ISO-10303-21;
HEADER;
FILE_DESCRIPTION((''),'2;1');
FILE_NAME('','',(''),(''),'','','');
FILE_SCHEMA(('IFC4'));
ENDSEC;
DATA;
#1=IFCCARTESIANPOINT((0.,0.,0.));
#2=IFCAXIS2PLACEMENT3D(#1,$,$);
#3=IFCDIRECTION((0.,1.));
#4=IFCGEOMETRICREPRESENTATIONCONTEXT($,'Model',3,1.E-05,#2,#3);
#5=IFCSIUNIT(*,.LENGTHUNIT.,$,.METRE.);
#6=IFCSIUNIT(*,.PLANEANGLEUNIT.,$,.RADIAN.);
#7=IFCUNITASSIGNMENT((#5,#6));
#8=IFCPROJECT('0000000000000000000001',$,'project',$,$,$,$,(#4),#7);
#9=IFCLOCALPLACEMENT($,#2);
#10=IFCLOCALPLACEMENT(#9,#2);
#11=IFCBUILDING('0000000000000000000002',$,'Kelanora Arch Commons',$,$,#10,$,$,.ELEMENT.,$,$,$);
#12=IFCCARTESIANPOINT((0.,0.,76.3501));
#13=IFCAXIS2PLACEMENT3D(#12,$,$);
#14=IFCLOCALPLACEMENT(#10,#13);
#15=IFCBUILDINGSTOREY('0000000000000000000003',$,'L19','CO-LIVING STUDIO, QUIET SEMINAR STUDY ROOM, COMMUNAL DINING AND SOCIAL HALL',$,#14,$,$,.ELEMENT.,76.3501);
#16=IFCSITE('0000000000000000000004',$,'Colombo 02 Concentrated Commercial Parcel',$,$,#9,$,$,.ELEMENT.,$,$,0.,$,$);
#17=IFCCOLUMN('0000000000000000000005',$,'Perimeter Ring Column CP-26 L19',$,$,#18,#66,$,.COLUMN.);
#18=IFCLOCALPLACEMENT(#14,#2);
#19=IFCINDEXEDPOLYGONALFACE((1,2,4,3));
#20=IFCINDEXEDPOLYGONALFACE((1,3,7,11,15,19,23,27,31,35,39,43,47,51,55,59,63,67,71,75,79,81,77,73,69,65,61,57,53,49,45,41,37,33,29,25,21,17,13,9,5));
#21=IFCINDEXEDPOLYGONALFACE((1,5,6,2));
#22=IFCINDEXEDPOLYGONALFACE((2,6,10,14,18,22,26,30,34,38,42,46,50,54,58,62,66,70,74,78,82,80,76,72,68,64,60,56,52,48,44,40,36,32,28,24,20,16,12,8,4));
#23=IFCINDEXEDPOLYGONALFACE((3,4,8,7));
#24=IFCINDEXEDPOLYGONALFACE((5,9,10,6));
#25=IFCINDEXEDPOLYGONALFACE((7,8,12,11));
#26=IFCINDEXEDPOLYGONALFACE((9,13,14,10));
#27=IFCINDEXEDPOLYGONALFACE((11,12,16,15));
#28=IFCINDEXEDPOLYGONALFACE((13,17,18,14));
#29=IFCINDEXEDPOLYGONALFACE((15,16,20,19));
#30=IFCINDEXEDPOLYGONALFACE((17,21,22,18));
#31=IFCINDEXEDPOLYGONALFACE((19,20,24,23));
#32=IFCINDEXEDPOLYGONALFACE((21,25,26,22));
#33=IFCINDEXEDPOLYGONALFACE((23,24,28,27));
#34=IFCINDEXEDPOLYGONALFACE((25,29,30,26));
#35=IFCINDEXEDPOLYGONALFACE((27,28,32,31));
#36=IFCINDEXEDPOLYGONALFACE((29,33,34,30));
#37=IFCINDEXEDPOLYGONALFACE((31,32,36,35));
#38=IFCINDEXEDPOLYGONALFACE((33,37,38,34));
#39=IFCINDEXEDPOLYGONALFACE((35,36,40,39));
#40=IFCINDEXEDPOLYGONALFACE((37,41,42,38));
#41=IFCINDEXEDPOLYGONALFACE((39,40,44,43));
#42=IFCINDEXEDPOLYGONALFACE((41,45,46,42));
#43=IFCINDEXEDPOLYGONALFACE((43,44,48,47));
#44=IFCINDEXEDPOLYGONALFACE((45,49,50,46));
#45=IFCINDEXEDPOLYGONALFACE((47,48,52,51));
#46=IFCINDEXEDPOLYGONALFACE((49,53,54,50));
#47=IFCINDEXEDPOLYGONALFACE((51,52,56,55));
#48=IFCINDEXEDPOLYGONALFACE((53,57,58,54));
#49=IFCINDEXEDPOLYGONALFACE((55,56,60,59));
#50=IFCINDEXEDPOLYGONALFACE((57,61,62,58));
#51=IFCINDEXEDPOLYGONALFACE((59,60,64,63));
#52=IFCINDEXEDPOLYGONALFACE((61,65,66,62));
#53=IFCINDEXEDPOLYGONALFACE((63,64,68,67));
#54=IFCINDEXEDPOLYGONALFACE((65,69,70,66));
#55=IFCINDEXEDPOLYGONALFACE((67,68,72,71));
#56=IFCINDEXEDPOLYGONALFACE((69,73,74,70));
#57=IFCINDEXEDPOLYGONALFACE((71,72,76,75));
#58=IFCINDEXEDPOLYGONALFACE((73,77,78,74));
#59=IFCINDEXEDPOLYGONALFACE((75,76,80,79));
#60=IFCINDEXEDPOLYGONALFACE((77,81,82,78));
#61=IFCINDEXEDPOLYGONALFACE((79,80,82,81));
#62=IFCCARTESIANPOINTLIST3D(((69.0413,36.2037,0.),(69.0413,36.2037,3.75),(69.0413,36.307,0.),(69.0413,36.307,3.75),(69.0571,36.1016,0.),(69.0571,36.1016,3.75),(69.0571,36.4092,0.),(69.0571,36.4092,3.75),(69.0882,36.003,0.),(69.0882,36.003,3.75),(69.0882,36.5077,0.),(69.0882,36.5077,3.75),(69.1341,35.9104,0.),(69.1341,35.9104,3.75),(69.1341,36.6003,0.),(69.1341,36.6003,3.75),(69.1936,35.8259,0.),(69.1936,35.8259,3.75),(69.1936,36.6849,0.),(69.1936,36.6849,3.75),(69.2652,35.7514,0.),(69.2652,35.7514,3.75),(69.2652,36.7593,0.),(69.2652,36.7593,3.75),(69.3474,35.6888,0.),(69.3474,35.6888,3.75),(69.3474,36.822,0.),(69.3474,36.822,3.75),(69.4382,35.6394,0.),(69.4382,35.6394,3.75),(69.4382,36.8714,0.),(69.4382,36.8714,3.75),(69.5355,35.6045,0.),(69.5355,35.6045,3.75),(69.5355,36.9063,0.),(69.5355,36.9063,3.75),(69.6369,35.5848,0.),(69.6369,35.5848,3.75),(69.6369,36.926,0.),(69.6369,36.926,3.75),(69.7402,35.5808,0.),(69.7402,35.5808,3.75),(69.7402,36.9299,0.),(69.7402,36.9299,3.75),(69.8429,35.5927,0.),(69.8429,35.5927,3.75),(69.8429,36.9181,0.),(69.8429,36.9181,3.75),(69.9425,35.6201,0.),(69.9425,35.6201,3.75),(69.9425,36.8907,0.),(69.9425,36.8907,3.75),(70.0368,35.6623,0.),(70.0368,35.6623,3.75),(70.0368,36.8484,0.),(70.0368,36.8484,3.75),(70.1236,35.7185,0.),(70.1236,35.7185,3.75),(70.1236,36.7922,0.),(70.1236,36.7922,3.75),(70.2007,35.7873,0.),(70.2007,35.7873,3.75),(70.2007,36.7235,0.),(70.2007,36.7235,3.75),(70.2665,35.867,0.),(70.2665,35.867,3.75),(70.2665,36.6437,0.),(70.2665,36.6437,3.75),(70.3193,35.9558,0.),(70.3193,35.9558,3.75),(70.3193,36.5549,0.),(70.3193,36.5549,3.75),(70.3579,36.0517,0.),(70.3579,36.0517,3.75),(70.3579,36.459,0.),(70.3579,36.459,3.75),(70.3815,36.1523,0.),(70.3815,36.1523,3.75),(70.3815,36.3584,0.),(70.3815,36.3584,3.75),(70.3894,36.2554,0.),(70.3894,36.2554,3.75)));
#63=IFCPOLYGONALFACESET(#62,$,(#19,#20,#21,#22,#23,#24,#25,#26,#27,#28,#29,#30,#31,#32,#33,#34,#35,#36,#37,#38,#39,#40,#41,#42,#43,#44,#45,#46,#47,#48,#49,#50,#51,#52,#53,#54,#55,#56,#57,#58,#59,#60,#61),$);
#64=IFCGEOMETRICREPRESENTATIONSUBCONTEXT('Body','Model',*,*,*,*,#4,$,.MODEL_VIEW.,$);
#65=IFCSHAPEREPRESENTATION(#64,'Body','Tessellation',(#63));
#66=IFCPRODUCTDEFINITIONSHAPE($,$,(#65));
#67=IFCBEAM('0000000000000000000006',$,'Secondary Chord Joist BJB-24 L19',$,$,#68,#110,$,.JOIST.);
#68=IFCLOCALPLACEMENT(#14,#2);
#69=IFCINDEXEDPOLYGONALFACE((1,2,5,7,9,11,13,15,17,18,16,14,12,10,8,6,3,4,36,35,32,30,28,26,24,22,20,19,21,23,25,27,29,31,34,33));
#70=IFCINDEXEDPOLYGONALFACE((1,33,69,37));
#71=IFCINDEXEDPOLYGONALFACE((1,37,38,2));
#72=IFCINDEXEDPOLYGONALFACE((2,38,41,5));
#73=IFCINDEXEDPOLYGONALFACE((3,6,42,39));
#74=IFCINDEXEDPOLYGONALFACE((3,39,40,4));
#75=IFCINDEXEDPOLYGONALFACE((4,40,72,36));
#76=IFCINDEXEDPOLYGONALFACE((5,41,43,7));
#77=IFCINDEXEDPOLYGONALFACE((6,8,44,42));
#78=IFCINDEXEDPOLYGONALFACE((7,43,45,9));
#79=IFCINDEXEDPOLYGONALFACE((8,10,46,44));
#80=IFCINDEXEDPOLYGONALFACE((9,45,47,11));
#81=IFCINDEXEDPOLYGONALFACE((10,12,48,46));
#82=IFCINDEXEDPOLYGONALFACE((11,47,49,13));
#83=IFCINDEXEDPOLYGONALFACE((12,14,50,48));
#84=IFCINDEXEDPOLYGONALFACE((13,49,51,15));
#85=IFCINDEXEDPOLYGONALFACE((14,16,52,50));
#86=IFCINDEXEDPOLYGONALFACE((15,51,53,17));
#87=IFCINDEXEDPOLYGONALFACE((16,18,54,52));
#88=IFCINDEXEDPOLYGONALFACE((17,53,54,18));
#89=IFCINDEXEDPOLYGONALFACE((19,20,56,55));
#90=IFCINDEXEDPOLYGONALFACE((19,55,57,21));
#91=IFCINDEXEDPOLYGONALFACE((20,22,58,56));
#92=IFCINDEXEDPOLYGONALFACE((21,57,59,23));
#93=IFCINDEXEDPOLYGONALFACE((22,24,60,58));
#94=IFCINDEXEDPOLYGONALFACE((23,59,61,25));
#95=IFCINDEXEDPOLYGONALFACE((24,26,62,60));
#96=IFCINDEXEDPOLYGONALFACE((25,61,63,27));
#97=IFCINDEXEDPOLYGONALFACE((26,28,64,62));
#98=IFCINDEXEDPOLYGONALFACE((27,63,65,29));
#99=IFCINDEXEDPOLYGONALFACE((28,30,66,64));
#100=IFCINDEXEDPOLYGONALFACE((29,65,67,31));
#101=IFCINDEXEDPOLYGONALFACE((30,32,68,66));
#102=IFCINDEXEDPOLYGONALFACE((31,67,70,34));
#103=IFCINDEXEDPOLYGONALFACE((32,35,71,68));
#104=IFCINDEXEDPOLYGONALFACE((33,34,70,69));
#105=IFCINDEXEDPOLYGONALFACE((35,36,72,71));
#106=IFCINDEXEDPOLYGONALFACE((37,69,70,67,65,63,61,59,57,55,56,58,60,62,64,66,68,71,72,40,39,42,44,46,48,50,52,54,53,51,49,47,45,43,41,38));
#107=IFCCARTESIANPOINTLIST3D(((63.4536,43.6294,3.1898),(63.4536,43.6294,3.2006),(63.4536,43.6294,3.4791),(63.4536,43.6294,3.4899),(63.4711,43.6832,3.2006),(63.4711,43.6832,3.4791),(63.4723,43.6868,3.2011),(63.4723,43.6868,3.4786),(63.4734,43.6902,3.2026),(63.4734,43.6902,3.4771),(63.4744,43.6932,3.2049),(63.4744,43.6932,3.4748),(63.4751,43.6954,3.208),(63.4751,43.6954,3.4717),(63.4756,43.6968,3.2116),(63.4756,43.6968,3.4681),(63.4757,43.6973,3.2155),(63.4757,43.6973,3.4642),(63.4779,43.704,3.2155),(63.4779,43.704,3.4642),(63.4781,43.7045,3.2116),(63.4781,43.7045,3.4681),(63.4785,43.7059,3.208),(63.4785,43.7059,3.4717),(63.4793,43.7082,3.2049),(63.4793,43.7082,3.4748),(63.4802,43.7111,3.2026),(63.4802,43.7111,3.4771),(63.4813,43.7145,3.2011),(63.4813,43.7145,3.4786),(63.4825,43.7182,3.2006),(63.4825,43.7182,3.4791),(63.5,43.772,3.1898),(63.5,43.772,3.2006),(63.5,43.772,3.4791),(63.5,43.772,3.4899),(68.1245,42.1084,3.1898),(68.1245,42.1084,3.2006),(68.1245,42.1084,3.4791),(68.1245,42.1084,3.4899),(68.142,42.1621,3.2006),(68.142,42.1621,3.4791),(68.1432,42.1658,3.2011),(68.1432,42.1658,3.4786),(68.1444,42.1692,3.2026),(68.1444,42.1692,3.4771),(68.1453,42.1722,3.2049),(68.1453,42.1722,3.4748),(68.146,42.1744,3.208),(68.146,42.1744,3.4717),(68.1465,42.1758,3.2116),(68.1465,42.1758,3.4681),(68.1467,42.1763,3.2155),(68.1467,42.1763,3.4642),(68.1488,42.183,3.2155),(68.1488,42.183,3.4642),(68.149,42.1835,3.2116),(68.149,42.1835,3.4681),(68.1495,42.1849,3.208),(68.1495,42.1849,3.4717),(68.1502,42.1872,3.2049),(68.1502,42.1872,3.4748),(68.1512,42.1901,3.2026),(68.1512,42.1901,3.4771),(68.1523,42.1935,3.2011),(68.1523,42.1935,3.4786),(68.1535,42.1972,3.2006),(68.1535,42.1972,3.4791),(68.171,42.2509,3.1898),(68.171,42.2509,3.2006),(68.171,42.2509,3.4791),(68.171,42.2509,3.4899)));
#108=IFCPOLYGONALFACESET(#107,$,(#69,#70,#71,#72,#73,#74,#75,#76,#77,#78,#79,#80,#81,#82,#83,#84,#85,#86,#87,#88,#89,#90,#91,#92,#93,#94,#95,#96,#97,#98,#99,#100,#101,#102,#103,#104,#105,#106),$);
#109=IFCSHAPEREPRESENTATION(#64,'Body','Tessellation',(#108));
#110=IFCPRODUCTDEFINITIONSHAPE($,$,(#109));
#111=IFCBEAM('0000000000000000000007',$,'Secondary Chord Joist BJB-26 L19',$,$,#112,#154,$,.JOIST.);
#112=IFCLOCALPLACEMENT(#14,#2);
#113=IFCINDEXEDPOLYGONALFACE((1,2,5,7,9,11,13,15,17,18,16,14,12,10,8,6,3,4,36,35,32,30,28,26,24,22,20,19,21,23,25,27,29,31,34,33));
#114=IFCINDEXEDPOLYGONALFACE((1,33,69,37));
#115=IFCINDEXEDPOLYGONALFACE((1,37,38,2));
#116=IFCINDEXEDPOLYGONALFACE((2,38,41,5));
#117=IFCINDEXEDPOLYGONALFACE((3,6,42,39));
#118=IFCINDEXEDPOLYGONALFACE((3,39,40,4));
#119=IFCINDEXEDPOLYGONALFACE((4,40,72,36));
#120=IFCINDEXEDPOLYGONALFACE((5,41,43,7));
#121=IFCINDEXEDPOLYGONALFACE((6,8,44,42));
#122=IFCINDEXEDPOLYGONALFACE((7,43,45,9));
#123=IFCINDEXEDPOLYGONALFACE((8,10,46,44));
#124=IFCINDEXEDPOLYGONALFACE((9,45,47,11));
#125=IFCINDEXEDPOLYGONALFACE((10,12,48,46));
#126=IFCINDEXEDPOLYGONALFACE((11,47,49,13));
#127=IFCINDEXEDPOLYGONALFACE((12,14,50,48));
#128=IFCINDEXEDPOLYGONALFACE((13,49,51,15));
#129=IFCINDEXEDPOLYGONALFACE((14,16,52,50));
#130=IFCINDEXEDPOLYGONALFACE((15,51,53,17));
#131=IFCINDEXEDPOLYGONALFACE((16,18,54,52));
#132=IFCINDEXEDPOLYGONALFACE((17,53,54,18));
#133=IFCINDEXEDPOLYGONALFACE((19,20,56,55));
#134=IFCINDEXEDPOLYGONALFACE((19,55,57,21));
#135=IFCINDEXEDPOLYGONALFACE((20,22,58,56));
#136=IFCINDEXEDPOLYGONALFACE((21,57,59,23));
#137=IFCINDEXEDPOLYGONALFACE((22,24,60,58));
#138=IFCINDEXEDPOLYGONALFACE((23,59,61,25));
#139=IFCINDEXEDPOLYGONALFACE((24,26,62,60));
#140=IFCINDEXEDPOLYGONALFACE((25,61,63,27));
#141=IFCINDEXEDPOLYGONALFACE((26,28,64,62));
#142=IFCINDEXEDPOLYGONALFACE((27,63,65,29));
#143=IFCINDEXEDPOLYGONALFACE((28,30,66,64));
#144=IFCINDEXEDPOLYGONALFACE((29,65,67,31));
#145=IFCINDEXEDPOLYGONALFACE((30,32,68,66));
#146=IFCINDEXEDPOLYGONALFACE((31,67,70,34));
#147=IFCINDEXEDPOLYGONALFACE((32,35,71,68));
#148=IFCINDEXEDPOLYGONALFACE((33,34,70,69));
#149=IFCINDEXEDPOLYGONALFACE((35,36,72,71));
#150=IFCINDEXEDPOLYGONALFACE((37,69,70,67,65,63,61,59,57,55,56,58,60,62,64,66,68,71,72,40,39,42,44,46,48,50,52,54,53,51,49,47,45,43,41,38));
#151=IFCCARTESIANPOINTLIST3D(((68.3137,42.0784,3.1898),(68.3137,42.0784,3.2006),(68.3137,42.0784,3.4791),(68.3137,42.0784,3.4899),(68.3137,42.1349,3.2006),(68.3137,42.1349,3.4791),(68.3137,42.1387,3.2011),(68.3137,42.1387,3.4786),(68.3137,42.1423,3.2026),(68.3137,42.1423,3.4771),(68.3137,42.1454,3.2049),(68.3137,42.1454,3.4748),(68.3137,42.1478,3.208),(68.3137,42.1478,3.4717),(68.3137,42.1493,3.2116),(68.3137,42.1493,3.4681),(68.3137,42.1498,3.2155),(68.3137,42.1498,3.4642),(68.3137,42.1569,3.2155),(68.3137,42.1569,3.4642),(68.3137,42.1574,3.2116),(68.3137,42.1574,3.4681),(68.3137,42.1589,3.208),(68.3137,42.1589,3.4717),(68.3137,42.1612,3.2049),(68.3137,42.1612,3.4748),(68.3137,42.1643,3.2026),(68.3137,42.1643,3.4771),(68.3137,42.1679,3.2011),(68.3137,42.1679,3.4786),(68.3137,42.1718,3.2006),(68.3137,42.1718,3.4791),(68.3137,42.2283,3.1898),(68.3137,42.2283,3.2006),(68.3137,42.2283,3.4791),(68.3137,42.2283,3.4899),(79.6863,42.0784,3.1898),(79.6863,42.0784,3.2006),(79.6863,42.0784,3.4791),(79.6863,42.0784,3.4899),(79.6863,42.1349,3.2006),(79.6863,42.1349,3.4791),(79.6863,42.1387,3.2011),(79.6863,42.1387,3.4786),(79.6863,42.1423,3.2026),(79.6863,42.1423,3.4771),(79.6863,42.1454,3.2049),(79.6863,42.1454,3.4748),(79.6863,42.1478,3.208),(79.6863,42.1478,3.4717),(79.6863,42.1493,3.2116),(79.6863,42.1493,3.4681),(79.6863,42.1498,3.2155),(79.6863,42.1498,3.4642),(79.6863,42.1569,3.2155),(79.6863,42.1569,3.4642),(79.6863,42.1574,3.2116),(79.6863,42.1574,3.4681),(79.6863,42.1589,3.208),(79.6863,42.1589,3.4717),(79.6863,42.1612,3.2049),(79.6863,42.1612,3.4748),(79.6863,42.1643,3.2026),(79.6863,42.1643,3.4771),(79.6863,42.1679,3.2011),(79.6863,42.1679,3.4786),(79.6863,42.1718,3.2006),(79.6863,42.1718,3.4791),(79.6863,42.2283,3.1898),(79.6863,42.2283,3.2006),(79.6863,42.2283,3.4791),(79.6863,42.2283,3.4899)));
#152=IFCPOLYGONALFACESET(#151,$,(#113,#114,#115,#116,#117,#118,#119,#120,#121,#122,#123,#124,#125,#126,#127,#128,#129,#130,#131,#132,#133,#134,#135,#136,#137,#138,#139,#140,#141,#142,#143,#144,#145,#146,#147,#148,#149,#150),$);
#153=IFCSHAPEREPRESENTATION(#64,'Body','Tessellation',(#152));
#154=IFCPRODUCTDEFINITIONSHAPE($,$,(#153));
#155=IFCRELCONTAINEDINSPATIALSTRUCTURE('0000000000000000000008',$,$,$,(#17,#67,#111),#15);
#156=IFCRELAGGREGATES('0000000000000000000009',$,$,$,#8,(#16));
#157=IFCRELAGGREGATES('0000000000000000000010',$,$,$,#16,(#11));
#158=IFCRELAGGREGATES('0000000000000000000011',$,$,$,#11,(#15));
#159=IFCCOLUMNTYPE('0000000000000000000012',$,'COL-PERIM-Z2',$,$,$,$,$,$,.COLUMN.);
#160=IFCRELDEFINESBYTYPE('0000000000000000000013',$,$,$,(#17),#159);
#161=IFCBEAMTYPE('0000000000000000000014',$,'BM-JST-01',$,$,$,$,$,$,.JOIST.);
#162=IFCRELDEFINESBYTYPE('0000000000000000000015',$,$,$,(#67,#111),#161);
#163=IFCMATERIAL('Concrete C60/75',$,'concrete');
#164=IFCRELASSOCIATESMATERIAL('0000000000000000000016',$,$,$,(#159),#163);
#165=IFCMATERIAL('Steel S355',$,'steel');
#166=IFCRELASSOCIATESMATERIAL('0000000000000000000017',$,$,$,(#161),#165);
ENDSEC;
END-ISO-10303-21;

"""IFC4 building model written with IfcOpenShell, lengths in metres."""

from ifc_helpers import new_model, si_unit, direction, frame, origin, origin_2d, place, context, subcontext, project, spatial, circle, i_section, extrude, material, material_profile, profile_set, type_object, element, save


model = new_model("IFC4")

# Units and contexts
model_context = context("Model", 3, precision=1e-05, world=origin(), true_north=direction((0.0, 1.0)))
body_context = subcontext(model_context, "Body", "Model", "MODEL_VIEW")
ifc_project = project(units=[si_unit("LENGTHUNIT", "METRE"), si_unit("PLANEANGLEUNIT", "RADIAN")], contexts=[model_context])

# Site, building, storey
site_placement = place(None, origin())
site = spatial("IfcSite", under=ifc_project, at=site_placement, Name="Colombo 02 Concentrated Commercial Parcel", CompositionType="ELEMENT", RefElevation=0.0)
building_placement = place(site_placement, origin())
building = spatial("IfcBuilding", under=site, at=building_placement, Name="Kelanora Arch Commons", CompositionType="ELEMENT")
storey_placement = place(building_placement, frame((0.0, 0.0, 76.3501)))
storey = spatial("IfcBuildingStorey", under=building, at=storey_placement, Name="L19", Description="CO-LIVING STUDIO, QUIET SEMINAR STUDY ROOM, COMMUNAL DINING AND SOCIAL HALL", CompositionType="ELEMENT", Elevation=76.3501)

# Column
ifc_material_1 = material(Name="Concrete C60/75", Category="concrete")
ifc_material_profile_1 = material_profile(ifc_material_1, circle(Radius=0.675, at=origin_2d()), Name="RCC1350")
ifc_profile_set_1 = profile_set([ifc_material_profile_1], Name="Concrete C60/75")
column_type = type_object("IfcColumnType", Name="COL-PERIM-Z2", PredefinedType="COLUMN", material=ifc_profile_set_1)
column_placement = place(storey_placement, frame((69.7144, 36.2554, 0.0), z_axis=(0.0, 0.0, 1.0), x_axis=(1.0, 0.0, 0.0)))
element("IfcColumn", 1, at=column_placement, inside=storey, type_object=column_type, Name="Perimeter Ring Column CP-26 L19", PredefinedType="COLUMN", context=body_context, shape_type="SweptSolid", body=[
    extrude(circle(Radius=0.675, at=origin_2d()), origin(), (0.0, 0.0, 1.0), 3.75),
])

# Beams
ifc_material_2 = material(Name="Steel S355", Category="steel")
ifc_material_profile_2 = material_profile(ifc_material_2, i_section(OverallWidth=0.1499, OverallDepth=0.3, WebThickness=0.0071, FlangeThickness=0.0107, FilletRadius=0.0149, at=origin_2d()), Name="IPE300")
ifc_profile_set_2 = profile_set([ifc_material_profile_2], Name="Steel S355")
beam_type_1 = type_object("IfcBeamType", Name="BM-JST-01", PredefinedType="JOIST", material=ifc_profile_set_2)
beam_1_placement = place(storey_placement, frame((63.4768, 43.7007, 3.3398), z_axis=(0.950857, -0.30963, 0.0), x_axis=(0.30963, 0.950857, 0.0)))
element("IfcBeam", 2, at=beam_1_placement, inside=storey, type_object=beam_type_1, Name="Secondary Chord Joist BJB-24 L19", PredefinedType="JOIST", context=body_context, shape_type="SweptSolid", body=[
    extrude(i_section(OverallWidth=0.1499, OverallDepth=0.3, WebThickness=0.0071, FlangeThickness=0.0107, FilletRadius=0.0149, at=origin_2d()), origin(), (0.0, 0.0, 1.0), 4.9124),
])
beam_2_placement = place(storey_placement, frame((68.3137, 42.1533, 3.3398), z_axis=(1.0, 0.0, 0.0), x_axis=(0.0, 1.0, 0.0)))
element("IfcBeam", 3, at=beam_2_placement, inside=storey, type_object=beam_type_1, Name="Secondary Chord Joist BJB-26 L19", PredefinedType="JOIST", context=body_context, shape_type="SweptSolid", body=[
    extrude(i_section(OverallWidth=0.1499, OverallDepth=0.3, WebThickness=0.0071, FlangeThickness=0.0107, FilletRadius=0.0149, at=origin_2d()), origin(), (0.0, 0.0, 1.0), 11.3726),
])

save(model, "model.ifc")
